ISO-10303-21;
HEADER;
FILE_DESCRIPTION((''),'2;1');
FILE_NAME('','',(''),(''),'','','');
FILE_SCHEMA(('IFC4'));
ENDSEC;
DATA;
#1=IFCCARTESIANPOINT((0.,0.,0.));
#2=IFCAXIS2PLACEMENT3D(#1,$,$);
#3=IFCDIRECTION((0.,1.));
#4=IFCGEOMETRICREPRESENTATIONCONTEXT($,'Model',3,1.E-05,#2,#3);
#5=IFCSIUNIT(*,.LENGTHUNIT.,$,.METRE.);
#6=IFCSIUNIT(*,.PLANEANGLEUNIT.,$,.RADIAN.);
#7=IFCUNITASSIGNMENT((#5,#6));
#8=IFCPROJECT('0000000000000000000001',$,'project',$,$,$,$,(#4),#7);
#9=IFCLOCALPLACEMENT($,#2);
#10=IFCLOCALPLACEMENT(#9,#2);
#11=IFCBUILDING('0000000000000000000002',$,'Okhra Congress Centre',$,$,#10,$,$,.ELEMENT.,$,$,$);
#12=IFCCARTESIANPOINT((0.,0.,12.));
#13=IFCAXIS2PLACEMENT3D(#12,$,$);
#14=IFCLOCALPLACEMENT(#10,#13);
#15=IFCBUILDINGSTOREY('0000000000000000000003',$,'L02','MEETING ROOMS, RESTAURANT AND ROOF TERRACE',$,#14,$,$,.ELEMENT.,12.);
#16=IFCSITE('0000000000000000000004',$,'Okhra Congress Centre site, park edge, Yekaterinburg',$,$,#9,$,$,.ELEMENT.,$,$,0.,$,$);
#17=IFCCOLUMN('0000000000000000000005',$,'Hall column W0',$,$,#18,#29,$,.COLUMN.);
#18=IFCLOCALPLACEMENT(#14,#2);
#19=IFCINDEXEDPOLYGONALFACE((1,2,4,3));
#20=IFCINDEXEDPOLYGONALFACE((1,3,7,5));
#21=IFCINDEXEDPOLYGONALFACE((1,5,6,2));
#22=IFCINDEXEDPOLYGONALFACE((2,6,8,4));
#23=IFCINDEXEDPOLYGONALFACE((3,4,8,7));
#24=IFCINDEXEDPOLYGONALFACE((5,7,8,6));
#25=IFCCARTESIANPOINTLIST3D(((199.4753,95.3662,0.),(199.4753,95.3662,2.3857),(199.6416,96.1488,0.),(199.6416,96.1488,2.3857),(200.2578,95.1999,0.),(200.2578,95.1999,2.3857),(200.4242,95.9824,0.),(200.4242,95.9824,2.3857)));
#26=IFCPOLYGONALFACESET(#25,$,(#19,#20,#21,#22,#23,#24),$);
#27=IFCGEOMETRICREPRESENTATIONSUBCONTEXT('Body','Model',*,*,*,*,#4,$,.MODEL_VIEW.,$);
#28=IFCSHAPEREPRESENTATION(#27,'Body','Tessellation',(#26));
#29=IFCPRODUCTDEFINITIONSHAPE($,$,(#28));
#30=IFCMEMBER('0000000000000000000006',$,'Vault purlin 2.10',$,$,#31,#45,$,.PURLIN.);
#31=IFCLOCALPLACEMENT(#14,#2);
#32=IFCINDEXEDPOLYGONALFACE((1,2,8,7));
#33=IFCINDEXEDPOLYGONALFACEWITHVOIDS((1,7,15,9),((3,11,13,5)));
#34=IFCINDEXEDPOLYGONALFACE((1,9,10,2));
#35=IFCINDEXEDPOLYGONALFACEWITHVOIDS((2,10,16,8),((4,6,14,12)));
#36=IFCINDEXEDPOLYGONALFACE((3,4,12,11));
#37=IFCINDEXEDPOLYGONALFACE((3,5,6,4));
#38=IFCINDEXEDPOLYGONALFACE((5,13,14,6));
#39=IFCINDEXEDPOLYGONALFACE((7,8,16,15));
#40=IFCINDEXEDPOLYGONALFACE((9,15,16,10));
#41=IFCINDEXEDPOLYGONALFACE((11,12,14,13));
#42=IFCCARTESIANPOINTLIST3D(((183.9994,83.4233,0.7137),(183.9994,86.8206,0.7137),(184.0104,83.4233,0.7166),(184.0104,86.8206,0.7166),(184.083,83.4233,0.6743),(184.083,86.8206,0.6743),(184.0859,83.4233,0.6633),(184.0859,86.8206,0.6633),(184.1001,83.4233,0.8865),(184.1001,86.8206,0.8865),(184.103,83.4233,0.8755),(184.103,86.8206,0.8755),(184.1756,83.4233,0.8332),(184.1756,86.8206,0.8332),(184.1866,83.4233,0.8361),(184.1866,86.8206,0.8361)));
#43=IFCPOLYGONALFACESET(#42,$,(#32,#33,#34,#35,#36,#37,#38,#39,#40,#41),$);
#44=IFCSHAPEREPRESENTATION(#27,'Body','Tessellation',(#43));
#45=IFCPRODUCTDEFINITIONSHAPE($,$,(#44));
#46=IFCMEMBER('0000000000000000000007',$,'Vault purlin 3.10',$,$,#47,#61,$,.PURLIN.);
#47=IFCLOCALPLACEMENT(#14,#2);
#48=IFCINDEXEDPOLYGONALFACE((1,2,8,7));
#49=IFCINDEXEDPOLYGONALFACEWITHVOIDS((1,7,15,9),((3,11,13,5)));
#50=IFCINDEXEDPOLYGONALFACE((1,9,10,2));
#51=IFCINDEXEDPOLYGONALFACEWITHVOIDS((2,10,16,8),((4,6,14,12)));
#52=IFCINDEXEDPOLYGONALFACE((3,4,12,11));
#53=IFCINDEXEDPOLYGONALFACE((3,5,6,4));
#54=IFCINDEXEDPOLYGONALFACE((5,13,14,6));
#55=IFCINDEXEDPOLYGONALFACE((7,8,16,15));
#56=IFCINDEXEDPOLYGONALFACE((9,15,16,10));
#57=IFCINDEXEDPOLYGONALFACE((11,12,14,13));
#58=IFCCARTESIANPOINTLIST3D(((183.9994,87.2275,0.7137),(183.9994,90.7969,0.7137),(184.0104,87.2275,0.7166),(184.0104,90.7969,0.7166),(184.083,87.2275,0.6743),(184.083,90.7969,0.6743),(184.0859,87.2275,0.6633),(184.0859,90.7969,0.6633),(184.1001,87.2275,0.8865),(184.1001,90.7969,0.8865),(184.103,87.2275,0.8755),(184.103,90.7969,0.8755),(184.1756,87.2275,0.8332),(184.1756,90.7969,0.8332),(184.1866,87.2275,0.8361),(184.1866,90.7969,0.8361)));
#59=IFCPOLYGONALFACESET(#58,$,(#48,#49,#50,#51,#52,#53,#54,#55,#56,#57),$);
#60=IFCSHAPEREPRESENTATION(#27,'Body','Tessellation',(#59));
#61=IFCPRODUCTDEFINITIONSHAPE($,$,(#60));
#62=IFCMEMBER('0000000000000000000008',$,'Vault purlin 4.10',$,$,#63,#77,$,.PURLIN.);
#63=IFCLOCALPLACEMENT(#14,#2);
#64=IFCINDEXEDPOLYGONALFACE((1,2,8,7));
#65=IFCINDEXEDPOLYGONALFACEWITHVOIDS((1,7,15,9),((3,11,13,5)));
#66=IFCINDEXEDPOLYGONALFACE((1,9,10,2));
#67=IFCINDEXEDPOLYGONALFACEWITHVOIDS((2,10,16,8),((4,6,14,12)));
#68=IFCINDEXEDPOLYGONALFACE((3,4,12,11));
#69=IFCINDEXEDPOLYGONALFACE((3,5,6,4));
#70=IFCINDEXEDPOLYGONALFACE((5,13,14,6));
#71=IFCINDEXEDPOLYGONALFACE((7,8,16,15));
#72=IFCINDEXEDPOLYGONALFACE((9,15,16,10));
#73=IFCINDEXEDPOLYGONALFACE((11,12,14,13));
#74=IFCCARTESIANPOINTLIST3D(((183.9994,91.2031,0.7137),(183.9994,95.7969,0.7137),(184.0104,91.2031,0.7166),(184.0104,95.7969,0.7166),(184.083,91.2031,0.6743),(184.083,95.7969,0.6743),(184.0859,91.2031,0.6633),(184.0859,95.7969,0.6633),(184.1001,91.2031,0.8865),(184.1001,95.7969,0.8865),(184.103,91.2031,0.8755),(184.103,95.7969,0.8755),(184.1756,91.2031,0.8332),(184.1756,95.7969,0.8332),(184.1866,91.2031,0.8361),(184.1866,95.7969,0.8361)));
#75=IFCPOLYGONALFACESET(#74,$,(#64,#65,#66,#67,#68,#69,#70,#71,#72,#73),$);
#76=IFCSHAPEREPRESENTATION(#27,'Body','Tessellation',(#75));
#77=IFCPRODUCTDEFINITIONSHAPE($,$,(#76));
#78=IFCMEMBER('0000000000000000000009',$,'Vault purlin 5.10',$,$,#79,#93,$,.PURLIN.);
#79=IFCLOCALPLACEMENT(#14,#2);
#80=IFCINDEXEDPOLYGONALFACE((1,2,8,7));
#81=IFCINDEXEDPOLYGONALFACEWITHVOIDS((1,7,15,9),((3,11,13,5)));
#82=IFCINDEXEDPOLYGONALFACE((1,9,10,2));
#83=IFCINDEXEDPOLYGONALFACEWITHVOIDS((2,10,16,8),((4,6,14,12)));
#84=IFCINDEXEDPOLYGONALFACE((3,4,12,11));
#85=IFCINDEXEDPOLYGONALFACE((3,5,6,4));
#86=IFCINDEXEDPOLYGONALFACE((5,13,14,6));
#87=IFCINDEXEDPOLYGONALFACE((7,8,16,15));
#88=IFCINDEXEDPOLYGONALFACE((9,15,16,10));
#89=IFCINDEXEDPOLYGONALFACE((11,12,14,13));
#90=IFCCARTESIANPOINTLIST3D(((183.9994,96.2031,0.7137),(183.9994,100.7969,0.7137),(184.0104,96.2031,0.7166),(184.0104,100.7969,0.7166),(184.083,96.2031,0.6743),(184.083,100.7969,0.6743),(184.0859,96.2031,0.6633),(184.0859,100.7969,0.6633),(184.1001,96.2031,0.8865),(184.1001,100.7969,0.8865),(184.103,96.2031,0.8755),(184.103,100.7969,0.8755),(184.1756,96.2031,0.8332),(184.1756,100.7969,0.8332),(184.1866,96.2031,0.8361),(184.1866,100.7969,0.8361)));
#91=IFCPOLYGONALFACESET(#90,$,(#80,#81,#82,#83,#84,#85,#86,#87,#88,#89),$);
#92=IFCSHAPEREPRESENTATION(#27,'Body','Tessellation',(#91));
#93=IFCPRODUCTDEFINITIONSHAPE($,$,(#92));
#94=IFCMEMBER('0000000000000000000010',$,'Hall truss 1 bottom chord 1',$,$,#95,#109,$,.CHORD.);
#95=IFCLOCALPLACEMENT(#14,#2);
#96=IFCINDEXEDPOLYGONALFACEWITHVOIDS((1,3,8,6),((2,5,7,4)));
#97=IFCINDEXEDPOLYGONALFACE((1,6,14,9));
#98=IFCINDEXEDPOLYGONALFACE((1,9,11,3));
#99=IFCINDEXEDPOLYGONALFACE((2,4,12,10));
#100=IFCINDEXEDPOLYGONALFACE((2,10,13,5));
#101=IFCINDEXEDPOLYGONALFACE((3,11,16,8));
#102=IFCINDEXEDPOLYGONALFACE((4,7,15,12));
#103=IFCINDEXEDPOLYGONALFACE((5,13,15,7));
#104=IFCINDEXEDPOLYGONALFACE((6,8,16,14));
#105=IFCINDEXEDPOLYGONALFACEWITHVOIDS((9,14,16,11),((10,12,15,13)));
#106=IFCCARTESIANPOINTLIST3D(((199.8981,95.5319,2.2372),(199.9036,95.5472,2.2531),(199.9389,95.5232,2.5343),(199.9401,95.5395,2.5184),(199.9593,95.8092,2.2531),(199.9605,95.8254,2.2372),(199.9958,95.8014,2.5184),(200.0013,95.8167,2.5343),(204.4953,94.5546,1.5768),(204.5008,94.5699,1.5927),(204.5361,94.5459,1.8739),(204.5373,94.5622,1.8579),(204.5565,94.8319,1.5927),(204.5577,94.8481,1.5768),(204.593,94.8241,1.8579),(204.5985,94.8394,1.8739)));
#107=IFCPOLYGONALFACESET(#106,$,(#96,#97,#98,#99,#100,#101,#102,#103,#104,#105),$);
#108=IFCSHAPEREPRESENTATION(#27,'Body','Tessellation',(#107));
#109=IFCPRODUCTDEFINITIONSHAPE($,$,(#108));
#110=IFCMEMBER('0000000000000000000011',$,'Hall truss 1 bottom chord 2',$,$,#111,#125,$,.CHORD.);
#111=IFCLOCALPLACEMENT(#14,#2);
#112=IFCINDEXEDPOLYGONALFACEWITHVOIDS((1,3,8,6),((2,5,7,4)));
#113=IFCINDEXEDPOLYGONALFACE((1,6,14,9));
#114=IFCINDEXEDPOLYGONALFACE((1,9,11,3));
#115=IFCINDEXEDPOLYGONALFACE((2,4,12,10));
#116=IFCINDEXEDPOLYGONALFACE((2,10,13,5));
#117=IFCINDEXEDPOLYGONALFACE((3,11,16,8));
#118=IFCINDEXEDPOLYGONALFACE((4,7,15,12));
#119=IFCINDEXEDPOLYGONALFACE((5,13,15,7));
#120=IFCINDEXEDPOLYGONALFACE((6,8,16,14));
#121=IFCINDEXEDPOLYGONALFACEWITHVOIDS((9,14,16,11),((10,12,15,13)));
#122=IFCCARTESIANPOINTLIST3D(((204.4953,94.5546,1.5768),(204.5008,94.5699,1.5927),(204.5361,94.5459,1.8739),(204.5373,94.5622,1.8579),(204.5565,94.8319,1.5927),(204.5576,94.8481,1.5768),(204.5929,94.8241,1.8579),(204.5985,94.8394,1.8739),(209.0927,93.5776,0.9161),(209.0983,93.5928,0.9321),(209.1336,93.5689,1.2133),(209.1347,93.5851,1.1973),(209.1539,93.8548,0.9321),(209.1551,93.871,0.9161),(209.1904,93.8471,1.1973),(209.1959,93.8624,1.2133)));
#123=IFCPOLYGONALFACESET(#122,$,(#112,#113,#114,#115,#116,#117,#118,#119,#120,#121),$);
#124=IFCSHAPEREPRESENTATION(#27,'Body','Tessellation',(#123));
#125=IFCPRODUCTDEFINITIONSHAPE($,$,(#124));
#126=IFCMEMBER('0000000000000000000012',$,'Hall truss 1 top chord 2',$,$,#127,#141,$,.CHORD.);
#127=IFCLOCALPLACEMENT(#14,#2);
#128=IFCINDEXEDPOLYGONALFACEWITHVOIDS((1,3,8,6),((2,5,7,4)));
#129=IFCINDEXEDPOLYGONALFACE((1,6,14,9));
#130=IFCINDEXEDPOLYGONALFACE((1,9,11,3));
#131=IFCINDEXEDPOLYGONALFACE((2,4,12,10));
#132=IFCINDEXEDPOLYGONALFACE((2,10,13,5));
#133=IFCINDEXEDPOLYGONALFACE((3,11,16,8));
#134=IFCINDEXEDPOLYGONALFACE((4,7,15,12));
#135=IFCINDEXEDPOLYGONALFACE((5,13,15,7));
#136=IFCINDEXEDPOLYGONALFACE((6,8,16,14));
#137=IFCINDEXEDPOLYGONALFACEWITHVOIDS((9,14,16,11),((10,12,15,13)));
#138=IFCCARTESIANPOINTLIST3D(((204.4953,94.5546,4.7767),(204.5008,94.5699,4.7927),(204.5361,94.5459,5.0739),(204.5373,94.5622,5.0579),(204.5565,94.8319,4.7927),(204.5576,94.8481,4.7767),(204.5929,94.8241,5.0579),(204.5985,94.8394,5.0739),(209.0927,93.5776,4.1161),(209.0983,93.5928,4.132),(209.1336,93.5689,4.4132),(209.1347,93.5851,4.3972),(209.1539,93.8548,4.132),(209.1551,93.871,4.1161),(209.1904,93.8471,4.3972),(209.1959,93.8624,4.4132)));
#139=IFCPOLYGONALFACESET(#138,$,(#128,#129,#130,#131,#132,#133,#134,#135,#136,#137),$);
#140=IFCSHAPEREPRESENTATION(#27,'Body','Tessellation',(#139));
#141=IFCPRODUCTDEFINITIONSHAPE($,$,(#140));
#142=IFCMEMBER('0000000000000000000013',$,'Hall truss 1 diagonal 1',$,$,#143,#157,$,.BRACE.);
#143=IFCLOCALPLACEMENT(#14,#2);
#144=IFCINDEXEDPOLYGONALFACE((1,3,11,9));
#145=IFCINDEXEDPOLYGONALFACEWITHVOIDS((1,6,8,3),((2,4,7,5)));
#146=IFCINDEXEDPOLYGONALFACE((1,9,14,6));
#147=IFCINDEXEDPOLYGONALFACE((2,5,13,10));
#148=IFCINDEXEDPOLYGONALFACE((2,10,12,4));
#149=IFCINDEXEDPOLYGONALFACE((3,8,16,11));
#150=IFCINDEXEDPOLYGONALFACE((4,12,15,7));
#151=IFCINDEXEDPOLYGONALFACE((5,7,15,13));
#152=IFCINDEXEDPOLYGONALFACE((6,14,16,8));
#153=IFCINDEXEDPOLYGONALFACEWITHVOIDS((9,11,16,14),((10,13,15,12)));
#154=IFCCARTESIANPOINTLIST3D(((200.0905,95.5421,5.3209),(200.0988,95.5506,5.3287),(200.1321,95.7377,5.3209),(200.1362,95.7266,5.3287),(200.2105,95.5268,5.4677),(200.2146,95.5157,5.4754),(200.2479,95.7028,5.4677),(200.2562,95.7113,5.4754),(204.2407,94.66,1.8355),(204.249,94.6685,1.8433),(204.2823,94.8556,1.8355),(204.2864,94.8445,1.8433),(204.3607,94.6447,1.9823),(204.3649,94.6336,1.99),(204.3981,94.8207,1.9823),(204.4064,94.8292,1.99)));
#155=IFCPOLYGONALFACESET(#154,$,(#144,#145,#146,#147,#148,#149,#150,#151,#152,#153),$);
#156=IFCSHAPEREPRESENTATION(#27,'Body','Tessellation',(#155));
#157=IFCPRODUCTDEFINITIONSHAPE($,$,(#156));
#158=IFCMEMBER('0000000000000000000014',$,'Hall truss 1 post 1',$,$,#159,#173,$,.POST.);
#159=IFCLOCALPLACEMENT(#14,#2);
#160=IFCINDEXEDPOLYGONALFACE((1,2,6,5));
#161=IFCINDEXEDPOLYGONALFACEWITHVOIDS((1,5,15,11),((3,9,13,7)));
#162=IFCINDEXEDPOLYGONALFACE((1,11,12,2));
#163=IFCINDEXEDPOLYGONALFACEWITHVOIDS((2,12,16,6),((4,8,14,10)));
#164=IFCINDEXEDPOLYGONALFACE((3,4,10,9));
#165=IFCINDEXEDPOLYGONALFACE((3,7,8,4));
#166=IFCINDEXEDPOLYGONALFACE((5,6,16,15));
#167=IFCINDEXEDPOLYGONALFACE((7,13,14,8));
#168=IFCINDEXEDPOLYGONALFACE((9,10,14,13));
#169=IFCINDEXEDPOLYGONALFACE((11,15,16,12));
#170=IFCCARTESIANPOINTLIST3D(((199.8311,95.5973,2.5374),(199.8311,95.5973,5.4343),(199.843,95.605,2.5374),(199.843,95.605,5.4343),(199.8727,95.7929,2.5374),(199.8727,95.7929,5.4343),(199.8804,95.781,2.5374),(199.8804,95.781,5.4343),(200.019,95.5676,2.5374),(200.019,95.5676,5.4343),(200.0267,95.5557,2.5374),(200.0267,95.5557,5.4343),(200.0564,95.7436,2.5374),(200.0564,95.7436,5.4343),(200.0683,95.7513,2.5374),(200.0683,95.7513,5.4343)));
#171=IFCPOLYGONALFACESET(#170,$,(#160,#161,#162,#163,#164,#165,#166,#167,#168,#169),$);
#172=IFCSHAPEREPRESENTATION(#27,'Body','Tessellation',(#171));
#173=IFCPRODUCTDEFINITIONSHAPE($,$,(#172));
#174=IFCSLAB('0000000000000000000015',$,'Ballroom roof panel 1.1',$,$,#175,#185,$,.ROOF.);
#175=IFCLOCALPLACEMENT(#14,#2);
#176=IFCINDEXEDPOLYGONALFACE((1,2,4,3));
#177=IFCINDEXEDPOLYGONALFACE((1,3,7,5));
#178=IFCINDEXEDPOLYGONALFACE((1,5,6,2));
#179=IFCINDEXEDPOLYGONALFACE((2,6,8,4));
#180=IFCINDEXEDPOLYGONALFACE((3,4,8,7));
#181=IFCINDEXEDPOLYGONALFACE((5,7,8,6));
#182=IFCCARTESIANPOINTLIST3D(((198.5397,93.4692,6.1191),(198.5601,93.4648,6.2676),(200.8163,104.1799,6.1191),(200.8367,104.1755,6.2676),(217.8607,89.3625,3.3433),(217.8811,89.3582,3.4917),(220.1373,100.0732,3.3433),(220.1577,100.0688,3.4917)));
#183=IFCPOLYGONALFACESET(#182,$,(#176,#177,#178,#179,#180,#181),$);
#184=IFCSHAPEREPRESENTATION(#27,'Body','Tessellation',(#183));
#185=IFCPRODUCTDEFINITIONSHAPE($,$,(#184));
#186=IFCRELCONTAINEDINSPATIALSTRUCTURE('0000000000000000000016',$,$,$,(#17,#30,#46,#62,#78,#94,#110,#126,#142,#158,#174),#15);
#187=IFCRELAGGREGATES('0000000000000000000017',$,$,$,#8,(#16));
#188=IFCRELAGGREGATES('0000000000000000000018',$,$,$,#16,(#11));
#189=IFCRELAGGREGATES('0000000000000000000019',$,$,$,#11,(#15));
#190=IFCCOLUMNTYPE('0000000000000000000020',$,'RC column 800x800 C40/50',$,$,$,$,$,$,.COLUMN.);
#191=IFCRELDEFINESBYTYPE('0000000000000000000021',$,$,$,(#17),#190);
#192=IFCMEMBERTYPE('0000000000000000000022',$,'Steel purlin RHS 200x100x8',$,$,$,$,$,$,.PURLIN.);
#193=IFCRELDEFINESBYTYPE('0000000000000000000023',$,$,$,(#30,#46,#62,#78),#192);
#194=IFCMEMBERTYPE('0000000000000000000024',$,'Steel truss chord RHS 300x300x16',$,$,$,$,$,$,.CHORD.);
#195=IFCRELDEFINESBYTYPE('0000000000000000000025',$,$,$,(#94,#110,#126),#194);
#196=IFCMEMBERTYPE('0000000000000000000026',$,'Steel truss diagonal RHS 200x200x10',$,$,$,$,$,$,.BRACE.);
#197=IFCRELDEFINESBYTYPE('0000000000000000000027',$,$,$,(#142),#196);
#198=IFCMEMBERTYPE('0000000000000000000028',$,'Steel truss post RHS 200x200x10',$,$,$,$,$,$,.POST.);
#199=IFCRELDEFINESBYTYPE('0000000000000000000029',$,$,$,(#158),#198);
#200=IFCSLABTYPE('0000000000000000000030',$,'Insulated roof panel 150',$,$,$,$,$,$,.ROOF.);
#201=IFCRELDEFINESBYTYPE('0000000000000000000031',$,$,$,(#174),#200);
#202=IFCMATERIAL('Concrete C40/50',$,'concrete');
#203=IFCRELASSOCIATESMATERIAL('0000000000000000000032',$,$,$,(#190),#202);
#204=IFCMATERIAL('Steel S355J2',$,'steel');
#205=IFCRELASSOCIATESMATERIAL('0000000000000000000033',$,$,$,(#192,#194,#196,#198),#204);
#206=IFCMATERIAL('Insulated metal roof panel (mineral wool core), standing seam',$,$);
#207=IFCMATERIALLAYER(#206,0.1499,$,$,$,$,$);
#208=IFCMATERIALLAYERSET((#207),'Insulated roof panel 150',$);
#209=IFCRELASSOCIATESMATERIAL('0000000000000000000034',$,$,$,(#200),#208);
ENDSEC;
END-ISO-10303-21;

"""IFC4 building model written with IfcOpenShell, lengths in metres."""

from ifc_helpers import new_model, si_unit, direction, frame, origin, origin_2d, place, context, subcontext, project, spatial, polyline, rectangle, hollow_rectangle, outline, extrude, material, layer, layer_set, material_profile, profile_set, type_object, element, save


model = new_model("IFC4")

# Units and contexts
model_context = context("Model", 3, precision=1e-05, world=origin(), true_north=direction((0.0, 1.0)))
body_context = subcontext(model_context, "Body", "Model", "MODEL_VIEW")
ifc_project = project(units=[si_unit("LENGTHUNIT", "METRE"), si_unit("PLANEANGLEUNIT", "RADIAN")], contexts=[model_context])

# Site, building, storey
site_placement = place(None, origin())
site = spatial("IfcSite", under=ifc_project, at=site_placement, Name="Okhra Congress Centre site, park edge, Yekaterinburg", CompositionType="ELEMENT", RefElevation=0.0)
building_placement = place(site_placement, origin())
building = spatial("IfcBuilding", under=site, at=building_placement, Name="Okhra Congress Centre", CompositionType="ELEMENT")
storey_placement = place(building_placement, frame((0.0, 0.0, 12.0)))
storey = spatial("IfcBuildingStorey", under=building, at=storey_placement, Name="L02", Description="MEETING ROOMS, RESTAURANT AND ROOF TERRACE", CompositionType="ELEMENT", Elevation=12.0)

# Column
ifc_material_1 = material(Name="Concrete C40/50", Category="concrete")
ifc_material_profile_1 = material_profile(ifc_material_1, rectangle(XDim=0.8, YDim=0.8, at=origin_2d()), Name="RC 800x800")
ifc_profile_set_1 = profile_set([ifc_material_profile_1], Name="Concrete C40/50")
column_type = type_object("IfcColumnType", Name="RC column 800x800 C40/50", PredefinedType="COLUMN", material=ifc_profile_set_1)
column_placement = place(storey_placement, frame((199.9497, 95.6743, 0.0), z_axis=(0.0, 0.0, 1.0), x_axis=(0.978148, -0.207912, 0.0)))
element("IfcColumn", 1, at=column_placement, inside=storey, type_object=column_type, Name="Hall column W0", PredefinedType="COLUMN", context=body_context, shape_type="SweptSolid", body=[
    extrude(rectangle(XDim=0.8, YDim=0.8, at=origin_2d()), origin(), (0.0, 0.0, 1.0), 2.3857),
])

# Members
ifc_material_2 = material(Name="Steel S355J2", Category="steel")
ifc_material_profile_2 = material_profile(ifc_material_2, hollow_rectangle(XDim=0.1001, YDim=0.2, WallThickness=0.0081, at=origin_2d()), Name="RHS 200x100x8")
ifc_profile_set_2 = profile_set([ifc_material_profile_2], Name="Steel S355J2")
member_type_1 = type_object("IfcMemberType", Name="Steel purlin RHS 200x100x8", PredefinedType="PURLIN", material=ifc_profile_set_2)
member_1_placement = place(storey_placement, frame((184.093, 83.4233, 0.7749), z_axis=(0.0, 1.0, 0.0), x_axis=(-0.863917, 0.0, 0.503634)))
element("IfcMember", 2, at=member_1_placement, inside=storey, type_object=member_type_1, Name="Vault purlin 2.10", PredefinedType="PURLIN", context=body_context, shape_type="SweptSolid", body=[
    extrude(hollow_rectangle(XDim=0.1001, YDim=0.2, WallThickness=0.0081, at=origin_2d()), origin(), (0.0, 0.0, 1.0), 3.3972),
])
member_2_placement = place(storey_placement, frame((184.093, 87.2275, 0.7749), z_axis=(0.0, 1.0, 0.0), x_axis=(-0.863917, 0.0, 0.503634)))
element("IfcMember", 3, at=member_2_placement, inside=storey, type_object=member_type_1, Name="Vault purlin 3.10", PredefinedType="PURLIN", context=body_context, shape_type="SweptSolid", body=[
    extrude(hollow_rectangle(XDim=0.1001, YDim=0.2, WallThickness=0.0081, at=origin_2d()), origin(), (0.0, 0.0, 1.0), 3.5693),
])
for number, where, z_axis, x_axis, name in (
    (4, (184.093, 91.2031, 0.7749), (0.0, 1.0, 0.0), (-0.863917, 0.0, 0.503634), "Vault purlin 4.10"),
    (5, (184.093, 96.2031, 0.7749), (0.0, 1.0, 0.0), (-0.863917, 0.0, 0.503634), "Vault purlin 5.10"),
):
    element("IfcMember", number, at=place(storey_placement, frame(where, z_axis=z_axis, x_axis=x_axis)), inside=storey, type_object=member_type_1, Name=name, PredefinedType="PURLIN", context=body_context, shape_type="SweptSolid", body=[
        extrude(hollow_rectangle(XDim=0.1001, YDim=0.2, WallThickness=0.0081, at=origin_2d()), origin(), (0.0, 0.0, 1.0), 4.5938),
    ])
ifc_material_profile_3 = material_profile(ifc_material_2, hollow_rectangle(XDim=0.3, YDim=0.3, WallThickness=0.0161, at=origin_2d()), Name="RHS 300x300x16")
ifc_profile_set_3 = profile_set([ifc_material_profile_3], Name="Steel S355J2")
member_type_2 = type_object("IfcMemberType", Name="Steel truss chord RHS 300x300x16", PredefinedType="CHORD", material=ifc_profile_set_3)
member_3_placement = place(storey_placement, frame((199.9497, 95.6743, 2.3857), z_axis=(0.968626, -0.205917, -0.139147), x_axis=(0.20794, 0.978142, 0.0)))
element("IfcMember", 6, at=member_3_placement, inside=storey, type_object=member_type_2, Name="Hall truss 1 bottom chord 1", PredefinedType="CHORD", context=body_context, shape_type="SweptSolid", body=[
    extrude(hollow_rectangle(XDim=0.3, YDim=0.3, WallThickness=0.0161, at=origin_2d()), origin(), (0.0, 0.0, 1.0), 4.7461),
])
for number, where, z_axis, x_axis, name in (
    (7, (204.5469, 94.697, 1.7253), (0.968633, -0.205856, -0.139192), (0.207879, 0.978154, 0.0), "Hall truss 1 bottom chord 2"),
    (8, (204.5469, 94.697, 4.9253), (0.968633, -0.205856, -0.139192), (0.207879, 0.978154, 0.0), "Hall truss 1 top chord 2"),
):
    element("IfcMember", number, at=place(storey_placement, frame(where, z_axis=z_axis, x_axis=x_axis)), inside=storey, type_object=member_type_2, Name=name, PredefinedType="CHORD", context=body_context, shape_type="SweptSolid", body=[
        extrude(hollow_rectangle(XDim=0.3, YDim=0.3, WallThickness=0.0161, at=origin_2d()), origin(), (0.0, 0.0, 1.0), 4.7463),
    ])
ifc_material_profile_4 = material_profile(ifc_material_2, hollow_rectangle(XDim=0.2, YDim=0.2, WallThickness=0.01, at=origin_2d()), Name="RHS 200x200x10 diagonal")
ifc_profile_set_4 = profile_set([ifc_material_profile_4], Name="Steel S355J2")
member_type_3 = type_object("IfcMemberType", Name="Steel truss diagonal RHS 200x200x10", PredefinedType="BRACE", material=ifc_profile_set_4)
member_4_placement = place(storey_placement, frame((200.1733, 95.6267, 5.3982), z_axis=(0.755829, -0.160645, -0.634756), x_axis=(0.207898, 0.978151, 0.0)))
element("IfcMember", 9, at=member_4_placement, inside=storey, type_object=member_type_3, Name="Hall truss 1 diagonal 1", PredefinedType="BRACE", context=body_context, shape_type="SweptSolid", body=[
    extrude(hollow_rectangle(XDim=0.2, YDim=0.2, WallThickness=0.01, at=origin_2d()), origin(), (0.0, 0.0, 1.0), 5.491),
])
ifc_material_profile_5 = material_profile(ifc_material_2, hollow_rectangle(XDim=0.2, YDim=0.2, WallThickness=0.01, at=origin_2d()), Name="RHS 200x200x10")
ifc_profile_set_5 = profile_set([ifc_material_profile_5], Name="Steel S355J2")
member_type_4 = type_object("IfcMemberType", Name="Steel truss post RHS 200x200x10", PredefinedType="POST", material=ifc_profile_set_5)
member_5_placement = place(storey_placement, frame((199.9497, 95.6743, 2.5374), z_axis=(0.0, 0.0, 1.0), x_axis=(0.978148, -0.207912, 0.0)))
element("IfcMember", 10, at=member_5_placement, inside=storey, type_object=member_type_4, Name="Hall truss 1 post 1", PredefinedType="POST", context=body_context, shape_type="SweptSolid", body=[
    extrude(hollow_rectangle(XDim=0.2, YDim=0.2, WallThickness=0.01, at=origin_2d()), origin(), (0.0, 0.0, 1.0), 2.897),
])

# Slab
ifc_material_3 = material(Name="Insulated metal roof panel (mineral wool core), standing seam")
ifc_layer_1 = layer(ifc_material_3, 0.1499)
ifc_layer_set_1 = layer_set([ifc_layer_1], Name="Insulated roof panel 150")
slab_type = type_object("IfcSlabType", Name="Insulated roof panel 150", PredefinedType="ROOF", material=ifc_layer_set_1)
slab_placement = place(storey_placement, frame((198.5601, 93.4648, 6.2676), z_axis=(0.136123, -0.028934, 0.990269), x_axis=(0.968631, -0.205883, -0.139164)))
element("IfcSlab", 11, at=slab_placement, inside=storey, type_object=slab_type, Name="Ballroom roof panel 1.1", PredefinedType="ROOF", context=body_context, shape_type="SweptSolid", body=[
    extrude(outline(polyline([(0.0, 0.0), (19.9468, 0.0), (19.9468, 10.95), (0.0001, 10.95), (0.0, 0.0)])), origin(), (0.0, 0.0, -1.0), 0.1499),
])

save(model, "model.ifc")
